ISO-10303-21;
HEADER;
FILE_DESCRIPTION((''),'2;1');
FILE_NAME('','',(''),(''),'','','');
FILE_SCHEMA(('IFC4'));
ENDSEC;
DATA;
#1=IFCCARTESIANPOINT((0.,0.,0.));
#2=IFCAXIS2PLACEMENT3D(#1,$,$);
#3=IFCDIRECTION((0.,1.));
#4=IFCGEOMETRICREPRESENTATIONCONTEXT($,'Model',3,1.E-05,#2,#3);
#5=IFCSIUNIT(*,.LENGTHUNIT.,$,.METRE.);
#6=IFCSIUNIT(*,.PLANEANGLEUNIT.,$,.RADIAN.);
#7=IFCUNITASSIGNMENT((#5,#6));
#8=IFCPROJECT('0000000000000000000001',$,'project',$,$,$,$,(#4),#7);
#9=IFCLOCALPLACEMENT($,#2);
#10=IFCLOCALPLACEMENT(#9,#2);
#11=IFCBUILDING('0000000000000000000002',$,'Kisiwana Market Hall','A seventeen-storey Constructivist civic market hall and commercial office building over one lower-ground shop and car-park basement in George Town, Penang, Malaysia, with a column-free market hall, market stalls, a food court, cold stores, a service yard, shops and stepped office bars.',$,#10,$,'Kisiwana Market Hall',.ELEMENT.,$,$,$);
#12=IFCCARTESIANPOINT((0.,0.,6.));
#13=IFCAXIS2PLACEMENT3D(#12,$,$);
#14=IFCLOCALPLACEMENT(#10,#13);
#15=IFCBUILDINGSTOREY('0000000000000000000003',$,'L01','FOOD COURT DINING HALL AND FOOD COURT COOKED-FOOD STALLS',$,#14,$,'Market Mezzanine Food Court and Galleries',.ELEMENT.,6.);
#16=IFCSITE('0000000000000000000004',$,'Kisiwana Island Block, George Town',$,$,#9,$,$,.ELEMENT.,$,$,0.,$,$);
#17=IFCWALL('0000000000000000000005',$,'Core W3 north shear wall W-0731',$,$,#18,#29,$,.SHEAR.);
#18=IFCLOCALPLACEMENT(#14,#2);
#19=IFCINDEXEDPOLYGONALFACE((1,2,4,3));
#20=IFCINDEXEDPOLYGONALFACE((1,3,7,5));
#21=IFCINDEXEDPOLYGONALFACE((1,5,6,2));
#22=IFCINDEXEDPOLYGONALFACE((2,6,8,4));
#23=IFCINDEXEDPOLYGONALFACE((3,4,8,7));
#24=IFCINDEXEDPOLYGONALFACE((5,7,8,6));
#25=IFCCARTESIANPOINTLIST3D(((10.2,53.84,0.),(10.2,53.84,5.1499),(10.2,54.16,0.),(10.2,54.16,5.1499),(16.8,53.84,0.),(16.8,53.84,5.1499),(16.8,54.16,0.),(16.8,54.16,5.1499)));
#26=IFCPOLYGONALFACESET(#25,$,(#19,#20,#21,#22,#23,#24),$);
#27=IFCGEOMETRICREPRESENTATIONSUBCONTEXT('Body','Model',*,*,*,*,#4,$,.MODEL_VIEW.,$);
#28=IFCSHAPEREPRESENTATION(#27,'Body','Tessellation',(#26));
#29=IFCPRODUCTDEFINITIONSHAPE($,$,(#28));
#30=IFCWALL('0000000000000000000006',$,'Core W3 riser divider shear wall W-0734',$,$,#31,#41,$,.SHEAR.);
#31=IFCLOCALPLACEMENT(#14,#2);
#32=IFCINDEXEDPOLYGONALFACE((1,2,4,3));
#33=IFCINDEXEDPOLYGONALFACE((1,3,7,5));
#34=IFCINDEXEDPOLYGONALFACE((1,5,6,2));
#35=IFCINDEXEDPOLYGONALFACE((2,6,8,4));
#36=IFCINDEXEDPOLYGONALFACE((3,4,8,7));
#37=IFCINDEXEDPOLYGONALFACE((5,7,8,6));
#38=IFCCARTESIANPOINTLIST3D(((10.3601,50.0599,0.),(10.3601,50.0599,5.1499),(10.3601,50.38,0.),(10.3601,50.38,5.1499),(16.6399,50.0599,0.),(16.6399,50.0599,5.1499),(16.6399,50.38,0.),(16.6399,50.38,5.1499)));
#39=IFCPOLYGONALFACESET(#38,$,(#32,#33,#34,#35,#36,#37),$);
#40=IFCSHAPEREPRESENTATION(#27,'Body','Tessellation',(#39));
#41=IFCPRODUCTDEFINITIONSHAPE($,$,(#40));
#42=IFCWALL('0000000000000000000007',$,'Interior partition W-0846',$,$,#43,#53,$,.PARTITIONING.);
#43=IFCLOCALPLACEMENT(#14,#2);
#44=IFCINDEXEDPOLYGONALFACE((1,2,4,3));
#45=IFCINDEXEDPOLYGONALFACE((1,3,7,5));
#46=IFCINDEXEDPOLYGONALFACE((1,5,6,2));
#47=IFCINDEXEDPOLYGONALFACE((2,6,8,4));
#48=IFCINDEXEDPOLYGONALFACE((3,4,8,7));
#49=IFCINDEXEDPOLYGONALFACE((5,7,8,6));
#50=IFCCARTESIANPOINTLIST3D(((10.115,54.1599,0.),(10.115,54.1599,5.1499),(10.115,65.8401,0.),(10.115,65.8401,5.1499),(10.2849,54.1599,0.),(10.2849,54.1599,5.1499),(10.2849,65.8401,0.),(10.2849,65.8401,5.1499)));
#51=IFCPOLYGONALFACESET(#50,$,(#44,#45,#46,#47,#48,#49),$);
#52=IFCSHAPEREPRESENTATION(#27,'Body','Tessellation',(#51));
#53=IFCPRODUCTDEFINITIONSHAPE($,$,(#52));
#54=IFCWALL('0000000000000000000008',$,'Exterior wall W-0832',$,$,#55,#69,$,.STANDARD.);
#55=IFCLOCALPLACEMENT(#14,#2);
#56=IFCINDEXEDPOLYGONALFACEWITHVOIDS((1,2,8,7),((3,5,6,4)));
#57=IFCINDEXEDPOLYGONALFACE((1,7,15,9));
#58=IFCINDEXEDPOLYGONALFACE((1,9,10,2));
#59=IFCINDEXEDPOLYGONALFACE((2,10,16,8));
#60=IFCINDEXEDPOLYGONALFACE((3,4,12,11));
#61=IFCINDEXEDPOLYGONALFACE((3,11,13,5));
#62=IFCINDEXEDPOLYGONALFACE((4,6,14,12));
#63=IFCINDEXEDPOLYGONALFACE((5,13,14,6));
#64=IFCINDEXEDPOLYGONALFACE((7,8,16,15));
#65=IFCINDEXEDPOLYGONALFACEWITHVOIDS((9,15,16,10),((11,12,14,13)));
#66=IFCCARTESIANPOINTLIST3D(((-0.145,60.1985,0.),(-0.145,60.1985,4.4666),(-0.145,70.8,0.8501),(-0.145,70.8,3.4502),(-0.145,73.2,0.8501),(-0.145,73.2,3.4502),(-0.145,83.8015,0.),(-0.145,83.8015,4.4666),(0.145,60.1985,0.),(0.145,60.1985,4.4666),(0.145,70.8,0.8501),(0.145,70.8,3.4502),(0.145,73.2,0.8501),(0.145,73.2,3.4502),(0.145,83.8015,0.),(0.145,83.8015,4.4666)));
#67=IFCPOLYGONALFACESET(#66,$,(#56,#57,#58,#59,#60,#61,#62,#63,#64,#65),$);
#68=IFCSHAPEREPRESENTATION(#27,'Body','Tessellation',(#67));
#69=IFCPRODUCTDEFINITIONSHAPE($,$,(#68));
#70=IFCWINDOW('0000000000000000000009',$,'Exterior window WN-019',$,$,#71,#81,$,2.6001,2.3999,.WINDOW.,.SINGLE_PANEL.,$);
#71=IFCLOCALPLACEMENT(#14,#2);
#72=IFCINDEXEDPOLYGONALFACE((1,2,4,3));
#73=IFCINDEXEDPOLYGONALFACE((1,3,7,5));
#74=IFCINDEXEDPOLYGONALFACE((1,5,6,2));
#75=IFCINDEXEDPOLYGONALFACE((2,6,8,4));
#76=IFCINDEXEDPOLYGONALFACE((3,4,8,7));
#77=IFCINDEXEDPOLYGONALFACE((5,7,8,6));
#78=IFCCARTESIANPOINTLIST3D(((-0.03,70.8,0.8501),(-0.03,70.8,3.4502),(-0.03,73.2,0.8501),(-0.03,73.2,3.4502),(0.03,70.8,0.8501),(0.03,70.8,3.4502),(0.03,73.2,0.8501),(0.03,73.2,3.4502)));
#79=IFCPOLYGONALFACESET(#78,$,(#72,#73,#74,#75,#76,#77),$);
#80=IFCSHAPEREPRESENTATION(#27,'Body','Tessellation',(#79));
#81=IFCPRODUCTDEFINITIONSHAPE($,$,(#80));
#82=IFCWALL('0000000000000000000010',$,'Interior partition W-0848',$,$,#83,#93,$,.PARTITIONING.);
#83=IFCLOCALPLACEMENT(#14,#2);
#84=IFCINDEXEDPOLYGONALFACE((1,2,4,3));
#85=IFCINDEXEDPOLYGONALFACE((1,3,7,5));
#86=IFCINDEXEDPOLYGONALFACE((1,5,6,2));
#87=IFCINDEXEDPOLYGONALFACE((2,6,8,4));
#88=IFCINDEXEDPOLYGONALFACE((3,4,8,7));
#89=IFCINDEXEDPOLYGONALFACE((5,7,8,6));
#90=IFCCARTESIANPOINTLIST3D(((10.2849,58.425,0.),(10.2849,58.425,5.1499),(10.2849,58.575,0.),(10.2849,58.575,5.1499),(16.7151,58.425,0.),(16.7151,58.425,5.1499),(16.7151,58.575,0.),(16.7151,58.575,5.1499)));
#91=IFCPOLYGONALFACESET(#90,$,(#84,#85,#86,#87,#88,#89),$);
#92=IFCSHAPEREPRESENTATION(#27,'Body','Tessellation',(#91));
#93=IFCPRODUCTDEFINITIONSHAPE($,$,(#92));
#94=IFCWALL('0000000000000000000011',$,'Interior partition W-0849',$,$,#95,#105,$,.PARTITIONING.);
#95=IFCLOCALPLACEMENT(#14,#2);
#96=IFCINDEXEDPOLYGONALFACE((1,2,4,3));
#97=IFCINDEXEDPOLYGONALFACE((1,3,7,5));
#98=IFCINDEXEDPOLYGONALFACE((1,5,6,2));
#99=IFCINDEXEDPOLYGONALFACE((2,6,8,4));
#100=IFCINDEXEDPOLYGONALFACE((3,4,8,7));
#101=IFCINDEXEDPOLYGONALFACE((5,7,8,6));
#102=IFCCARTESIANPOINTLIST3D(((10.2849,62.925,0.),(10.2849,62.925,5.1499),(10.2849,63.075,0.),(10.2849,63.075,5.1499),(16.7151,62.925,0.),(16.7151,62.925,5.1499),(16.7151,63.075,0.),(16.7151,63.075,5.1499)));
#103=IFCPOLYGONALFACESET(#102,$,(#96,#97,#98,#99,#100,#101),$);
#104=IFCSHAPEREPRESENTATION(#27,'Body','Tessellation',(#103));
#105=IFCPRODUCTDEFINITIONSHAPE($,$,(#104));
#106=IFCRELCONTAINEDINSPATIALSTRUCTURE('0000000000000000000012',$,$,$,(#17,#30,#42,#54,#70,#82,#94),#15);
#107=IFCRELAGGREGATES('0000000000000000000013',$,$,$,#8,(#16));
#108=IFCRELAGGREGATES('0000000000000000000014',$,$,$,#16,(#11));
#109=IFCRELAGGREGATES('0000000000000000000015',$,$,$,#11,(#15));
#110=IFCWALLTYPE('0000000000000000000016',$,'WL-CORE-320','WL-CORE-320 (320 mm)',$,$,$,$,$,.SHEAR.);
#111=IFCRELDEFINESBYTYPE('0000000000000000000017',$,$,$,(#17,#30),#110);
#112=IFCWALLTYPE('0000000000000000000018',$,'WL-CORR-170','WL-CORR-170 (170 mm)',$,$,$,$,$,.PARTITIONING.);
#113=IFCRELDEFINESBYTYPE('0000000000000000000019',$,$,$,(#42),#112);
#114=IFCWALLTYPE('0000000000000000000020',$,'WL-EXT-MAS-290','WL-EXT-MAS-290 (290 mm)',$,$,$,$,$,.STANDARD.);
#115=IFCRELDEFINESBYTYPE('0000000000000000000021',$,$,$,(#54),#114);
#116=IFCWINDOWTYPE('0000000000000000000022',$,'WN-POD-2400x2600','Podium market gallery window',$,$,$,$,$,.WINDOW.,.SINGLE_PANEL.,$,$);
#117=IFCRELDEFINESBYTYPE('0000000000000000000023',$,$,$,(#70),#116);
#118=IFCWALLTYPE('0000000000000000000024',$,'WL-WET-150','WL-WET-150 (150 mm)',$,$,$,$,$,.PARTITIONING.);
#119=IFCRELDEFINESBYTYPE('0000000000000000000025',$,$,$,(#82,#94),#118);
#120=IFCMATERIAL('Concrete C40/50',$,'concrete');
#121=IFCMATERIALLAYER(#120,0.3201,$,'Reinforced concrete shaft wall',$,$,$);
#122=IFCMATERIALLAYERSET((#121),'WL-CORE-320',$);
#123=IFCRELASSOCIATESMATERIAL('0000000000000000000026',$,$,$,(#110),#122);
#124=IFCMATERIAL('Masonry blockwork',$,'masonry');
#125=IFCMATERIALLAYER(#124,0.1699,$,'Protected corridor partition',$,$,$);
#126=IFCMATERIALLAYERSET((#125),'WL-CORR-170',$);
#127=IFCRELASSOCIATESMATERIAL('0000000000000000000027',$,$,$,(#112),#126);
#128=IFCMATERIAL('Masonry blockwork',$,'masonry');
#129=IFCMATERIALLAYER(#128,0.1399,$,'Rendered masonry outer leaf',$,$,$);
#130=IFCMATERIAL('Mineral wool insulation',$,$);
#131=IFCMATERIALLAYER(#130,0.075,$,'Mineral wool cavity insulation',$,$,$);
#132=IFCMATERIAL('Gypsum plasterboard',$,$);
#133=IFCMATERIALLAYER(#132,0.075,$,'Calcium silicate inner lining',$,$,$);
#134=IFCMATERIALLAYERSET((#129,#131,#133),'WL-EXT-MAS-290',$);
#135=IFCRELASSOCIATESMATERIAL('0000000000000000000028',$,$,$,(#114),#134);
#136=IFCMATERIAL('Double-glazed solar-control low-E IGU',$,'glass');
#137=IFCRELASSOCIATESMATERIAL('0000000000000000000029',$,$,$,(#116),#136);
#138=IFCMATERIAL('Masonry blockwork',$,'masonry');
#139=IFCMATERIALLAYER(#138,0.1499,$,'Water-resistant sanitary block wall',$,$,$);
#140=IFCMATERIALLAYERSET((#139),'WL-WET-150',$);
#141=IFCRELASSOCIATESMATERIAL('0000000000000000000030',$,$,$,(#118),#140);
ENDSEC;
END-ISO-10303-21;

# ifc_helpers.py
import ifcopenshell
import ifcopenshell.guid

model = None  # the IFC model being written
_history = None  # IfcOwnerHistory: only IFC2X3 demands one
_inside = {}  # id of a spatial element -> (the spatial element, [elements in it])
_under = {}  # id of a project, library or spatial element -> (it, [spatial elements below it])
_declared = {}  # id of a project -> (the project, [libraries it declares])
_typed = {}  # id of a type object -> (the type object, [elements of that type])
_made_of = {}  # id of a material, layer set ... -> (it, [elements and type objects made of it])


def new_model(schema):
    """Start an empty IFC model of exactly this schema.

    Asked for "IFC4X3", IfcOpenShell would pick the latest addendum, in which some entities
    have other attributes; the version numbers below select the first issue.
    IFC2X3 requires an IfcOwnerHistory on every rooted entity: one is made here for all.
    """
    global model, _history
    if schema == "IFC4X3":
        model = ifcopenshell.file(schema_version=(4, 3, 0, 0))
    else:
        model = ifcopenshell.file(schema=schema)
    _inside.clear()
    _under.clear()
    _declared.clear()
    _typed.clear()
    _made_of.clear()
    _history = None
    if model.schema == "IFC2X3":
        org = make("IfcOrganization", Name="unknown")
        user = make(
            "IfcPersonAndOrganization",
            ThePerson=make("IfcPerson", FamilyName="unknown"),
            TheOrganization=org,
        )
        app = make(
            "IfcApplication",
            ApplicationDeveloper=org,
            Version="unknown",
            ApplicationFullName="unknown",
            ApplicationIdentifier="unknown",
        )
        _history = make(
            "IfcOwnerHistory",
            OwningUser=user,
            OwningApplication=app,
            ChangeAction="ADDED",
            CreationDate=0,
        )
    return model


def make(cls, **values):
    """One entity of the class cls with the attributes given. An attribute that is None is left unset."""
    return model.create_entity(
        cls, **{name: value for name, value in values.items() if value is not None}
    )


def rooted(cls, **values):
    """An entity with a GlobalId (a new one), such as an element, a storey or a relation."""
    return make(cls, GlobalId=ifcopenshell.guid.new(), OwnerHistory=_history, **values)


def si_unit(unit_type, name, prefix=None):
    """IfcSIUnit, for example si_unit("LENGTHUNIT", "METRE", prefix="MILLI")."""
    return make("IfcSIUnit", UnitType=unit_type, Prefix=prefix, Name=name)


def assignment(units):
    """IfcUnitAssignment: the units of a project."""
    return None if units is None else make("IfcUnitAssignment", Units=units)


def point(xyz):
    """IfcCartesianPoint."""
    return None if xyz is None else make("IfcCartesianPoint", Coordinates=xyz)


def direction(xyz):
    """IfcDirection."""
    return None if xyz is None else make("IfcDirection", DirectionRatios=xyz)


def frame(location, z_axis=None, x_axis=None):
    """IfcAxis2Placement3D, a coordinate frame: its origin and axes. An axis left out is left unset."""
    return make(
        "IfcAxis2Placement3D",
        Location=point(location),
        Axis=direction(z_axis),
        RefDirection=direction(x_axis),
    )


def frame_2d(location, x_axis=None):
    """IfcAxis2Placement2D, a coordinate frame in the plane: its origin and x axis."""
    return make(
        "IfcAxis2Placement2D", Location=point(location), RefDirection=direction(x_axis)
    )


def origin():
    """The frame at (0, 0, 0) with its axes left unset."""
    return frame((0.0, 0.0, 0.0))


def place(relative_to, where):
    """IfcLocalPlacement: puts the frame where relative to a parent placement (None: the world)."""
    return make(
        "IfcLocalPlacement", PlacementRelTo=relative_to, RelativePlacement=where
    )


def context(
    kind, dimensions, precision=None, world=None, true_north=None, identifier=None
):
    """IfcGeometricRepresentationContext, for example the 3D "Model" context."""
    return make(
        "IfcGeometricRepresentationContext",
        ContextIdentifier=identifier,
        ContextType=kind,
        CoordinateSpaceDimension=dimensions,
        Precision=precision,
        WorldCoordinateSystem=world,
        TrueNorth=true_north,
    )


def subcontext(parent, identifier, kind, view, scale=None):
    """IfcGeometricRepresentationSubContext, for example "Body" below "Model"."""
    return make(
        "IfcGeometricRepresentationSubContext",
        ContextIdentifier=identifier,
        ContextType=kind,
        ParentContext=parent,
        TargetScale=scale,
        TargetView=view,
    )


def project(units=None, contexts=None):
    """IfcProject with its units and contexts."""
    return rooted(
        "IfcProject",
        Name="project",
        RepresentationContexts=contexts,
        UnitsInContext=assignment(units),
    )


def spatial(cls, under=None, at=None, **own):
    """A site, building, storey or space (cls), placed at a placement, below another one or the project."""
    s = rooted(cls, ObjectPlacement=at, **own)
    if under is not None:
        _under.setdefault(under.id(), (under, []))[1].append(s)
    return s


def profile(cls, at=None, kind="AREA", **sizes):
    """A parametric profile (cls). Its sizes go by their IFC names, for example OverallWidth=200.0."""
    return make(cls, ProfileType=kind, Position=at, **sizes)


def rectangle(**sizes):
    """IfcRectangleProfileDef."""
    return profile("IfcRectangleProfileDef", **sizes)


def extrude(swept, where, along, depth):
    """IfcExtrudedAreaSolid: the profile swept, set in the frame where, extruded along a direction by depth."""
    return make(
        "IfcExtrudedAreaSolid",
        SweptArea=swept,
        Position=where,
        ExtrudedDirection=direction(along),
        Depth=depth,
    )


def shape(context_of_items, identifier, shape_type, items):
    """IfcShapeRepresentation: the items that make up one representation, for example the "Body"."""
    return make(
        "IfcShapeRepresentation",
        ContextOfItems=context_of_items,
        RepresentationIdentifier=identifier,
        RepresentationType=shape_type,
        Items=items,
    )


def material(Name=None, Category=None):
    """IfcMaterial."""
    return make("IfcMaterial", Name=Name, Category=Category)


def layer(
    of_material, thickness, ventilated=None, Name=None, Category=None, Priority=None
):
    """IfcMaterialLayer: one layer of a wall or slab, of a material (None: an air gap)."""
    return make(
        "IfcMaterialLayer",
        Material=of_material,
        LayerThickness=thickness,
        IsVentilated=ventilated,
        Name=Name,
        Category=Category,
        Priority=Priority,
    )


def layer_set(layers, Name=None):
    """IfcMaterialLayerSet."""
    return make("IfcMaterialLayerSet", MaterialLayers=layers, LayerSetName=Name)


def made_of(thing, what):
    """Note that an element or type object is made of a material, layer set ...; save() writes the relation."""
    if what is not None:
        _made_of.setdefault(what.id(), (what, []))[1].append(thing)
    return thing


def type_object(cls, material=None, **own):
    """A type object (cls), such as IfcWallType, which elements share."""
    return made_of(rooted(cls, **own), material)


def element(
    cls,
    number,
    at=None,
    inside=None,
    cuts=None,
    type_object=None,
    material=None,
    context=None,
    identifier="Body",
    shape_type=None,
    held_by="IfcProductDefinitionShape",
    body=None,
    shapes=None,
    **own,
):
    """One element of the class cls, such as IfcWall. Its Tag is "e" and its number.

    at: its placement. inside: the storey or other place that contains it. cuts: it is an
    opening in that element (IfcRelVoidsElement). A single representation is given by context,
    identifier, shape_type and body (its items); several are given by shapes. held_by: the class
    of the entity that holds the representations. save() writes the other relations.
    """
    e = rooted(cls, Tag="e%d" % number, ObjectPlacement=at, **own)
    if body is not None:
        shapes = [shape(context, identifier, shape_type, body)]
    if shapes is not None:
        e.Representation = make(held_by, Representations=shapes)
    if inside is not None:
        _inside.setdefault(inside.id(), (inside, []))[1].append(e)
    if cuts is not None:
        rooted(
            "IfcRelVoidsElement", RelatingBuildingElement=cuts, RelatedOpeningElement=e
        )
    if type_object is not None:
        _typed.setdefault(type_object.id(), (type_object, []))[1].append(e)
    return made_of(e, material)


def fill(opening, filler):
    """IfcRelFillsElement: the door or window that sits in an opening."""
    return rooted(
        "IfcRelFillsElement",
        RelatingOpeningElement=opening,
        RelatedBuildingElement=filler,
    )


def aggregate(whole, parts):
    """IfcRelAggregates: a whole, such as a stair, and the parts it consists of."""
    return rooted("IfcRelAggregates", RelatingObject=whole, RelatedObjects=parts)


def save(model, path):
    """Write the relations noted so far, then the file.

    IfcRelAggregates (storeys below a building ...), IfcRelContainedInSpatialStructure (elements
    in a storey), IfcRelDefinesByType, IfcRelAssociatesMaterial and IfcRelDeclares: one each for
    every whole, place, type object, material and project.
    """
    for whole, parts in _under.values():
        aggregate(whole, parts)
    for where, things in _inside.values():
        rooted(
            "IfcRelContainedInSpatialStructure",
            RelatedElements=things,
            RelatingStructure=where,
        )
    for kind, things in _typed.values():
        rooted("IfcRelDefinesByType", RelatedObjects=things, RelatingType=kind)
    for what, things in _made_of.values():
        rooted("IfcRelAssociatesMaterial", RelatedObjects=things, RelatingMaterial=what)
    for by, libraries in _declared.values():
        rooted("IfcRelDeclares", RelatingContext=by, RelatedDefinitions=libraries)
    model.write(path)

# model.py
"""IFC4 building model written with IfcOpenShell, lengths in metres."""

from ifc_helpers import new_model, si_unit, direction, frame, frame_2d, origin, place, context, subcontext, project, spatial, rectangle, extrude, material, layer, layer_set, type_object, element, fill, save


model = new_model("IFC4")

# Units and contexts
model_context = context("Model", 3, precision=1e-05, world=origin(), true_north=direction((0.0, 1.0)))
body_context = subcontext(model_context, "Body", "Model", "MODEL_VIEW")
ifc_project = project(units=[si_unit("LENGTHUNIT", "METRE"), si_unit("PLANEANGLEUNIT", "RADIAN")], contexts=[model_context])

# Site, building, storey
site_placement = place(None, origin())
site = spatial("IfcSite", under=ifc_project, at=site_placement, Name="Kisiwana Island Block, George Town", CompositionType="ELEMENT", RefElevation=0.0)
building_placement = place(site_placement, origin())
building = spatial("IfcBuilding", under=site, at=building_placement, Name="Kisiwana Market Hall", Description="A seventeen-storey Constructivist civic market hall and commercial office building over one lower-ground shop and car-park basement in George Town, Penang, Malaysia, with a column-free market hall, market stalls, a food court, cold stores, a service yard, shops and stepped office bars.", LongName="Kisiwana Market Hall", CompositionType="ELEMENT")
storey_placement = place(building_placement, frame((0.0, 0.0, 6.0)))
storey = spatial("IfcBuildingStorey", under=building, at=storey_placement, Name="L01", Description="FOOD COURT DINING HALL AND FOOD COURT COOKED-FOOD STALLS", LongName="Market Mezzanine Food Court and Galleries", CompositionType="ELEMENT", Elevation=6.0)

# Walls
ifc_material_1 = material(Name="Concrete C40/50", Category="concrete")
ifc_layer_1 = layer(ifc_material_1, 0.3201, Name="Reinforced concrete shaft wall")
ifc_layer_set_1 = layer_set([ifc_layer_1], Name="WL-CORE-320")
wall_type_1 = type_object("IfcWallType", Name="WL-CORE-320", Description="WL-CORE-320 (320 mm)", PredefinedType="SHEAR", material=ifc_layer_set_1)
wall_1_placement = place(storey_placement, frame((10.2, 54.0, 0.0), z_axis=(0.0, 0.0, 1.0), x_axis=(1.0, 0.0, 0.0)))
element("IfcWall", 1, at=wall_1_placement, inside=storey, type_object=wall_type_1, Name="Core W3 north shear wall W-0731", PredefinedType="SHEAR", context=body_context, shape_type="SweptSolid", body=[
    extrude(rectangle(XDim=6.6001, YDim=0.3201, at=frame_2d((3.3, 0.0))), origin(), (0.0, 0.0, 1.0), 5.1499),
])
wall_2_placement = place(storey_placement, frame((10.3601, 50.22, 0.0), z_axis=(0.0, 0.0, 1.0), x_axis=(1.0, 0.0, 0.0)))
element("IfcWall", 2, at=wall_2_placement, inside=storey, type_object=wall_type_1, Name="Core W3 riser divider shear wall W-0734", PredefinedType="SHEAR", context=body_context, shape_type="SweptSolid", body=[
    extrude(rectangle(XDim=6.2798, YDim=0.3201, at=frame_2d((3.1399, 0.0))), origin(), (0.0, 0.0, 1.0), 5.1499),
])
ifc_material_2 = material(Name="Masonry blockwork", Category="masonry")
ifc_layer_2 = layer(ifc_material_2, 0.1699, Name="Protected corridor partition")
ifc_layer_set_2 = layer_set([ifc_layer_2], Name="WL-CORR-170")
wall_type_2 = type_object("IfcWallType", Name="WL-CORR-170", Description="WL-CORR-170 (170 mm)", PredefinedType="PARTITIONING", material=ifc_layer_set_2)
wall_3_placement = place(storey_placement, frame((10.2, 54.1599, 0.0), z_axis=(0.0, 0.0, 1.0), x_axis=(0.0, 1.0, 0.0)))
element("IfcWall", 3, at=wall_3_placement, inside=storey, type_object=wall_type_2, Name="Interior partition W-0846", PredefinedType="PARTITIONING", context=body_context, shape_type="SweptSolid", body=[
    extrude(rectangle(XDim=11.6802, YDim=0.1699, at=frame_2d((5.8401, 0.0))), origin(), (0.0, 0.0, 1.0), 5.1499),
])

# Wall, opening, window
ifc_material_3 = material(Name="Masonry blockwork", Category="masonry")
ifc_layer_3 = layer(ifc_material_3, 0.1399, Name="Rendered masonry outer leaf")
ifc_material_4 = material(Name="Mineral wool insulation")
ifc_layer_4 = layer(ifc_material_4, 0.075, Name="Mineral wool cavity insulation")
ifc_material_5 = material(Name="Gypsum plasterboard")
ifc_layer_5 = layer(ifc_material_5, 0.075, Name="Calcium silicate inner lining")
ifc_layer_set_3 = layer_set([ifc_layer_3, ifc_layer_4, ifc_layer_5], Name="WL-EXT-MAS-290")
wall_type_3 = type_object("IfcWallType", Name="WL-EXT-MAS-290", Description="WL-EXT-MAS-290 (290 mm)", PredefinedType="STANDARD", material=ifc_layer_set_3)
wall_4_placement = place(storey_placement, frame((0.0, 60.1985, 0.0), z_axis=(0.0, 0.0, 1.0), x_axis=(0.0, 1.0, 0.0)))
wall_4 = element("IfcWall", 4, at=wall_4_placement, inside=storey, type_object=wall_type_3, Name="Exterior wall W-0832", PredefinedType="STANDARD", context=body_context, shape_type="SweptSolid", body=[
    extrude(rectangle(XDim=23.603, YDim=0.29, at=frame_2d((11.8015, 0.0))), origin(), (0.0, 0.0, 1.0), 4.4666),
])
opening_placement = place(wall_4_placement, frame((10.6016, 0.0, 0.8501)))
opening = element("IfcOpeningElement", 5, at=opening_placement, cuts=wall_4, PredefinedType="OPENING", context=body_context, shape_type="SweptSolid", body=[
    extrude(rectangle(XDim=2.3999, YDim=2.6001, at=frame_2d((1.2, 1.3))), frame((0.0, 0.157, 0.0), z_axis=(0.0, -1.0, 0.0), x_axis=(1.0, 0.0, 0.0)), (0.0, 0.0, 1.0), 0.314),
])
ifc_material_6 = material(Name="Double-glazed solar-control low-E IGU", Category="glass")
window_type = type_object("IfcWindowType", Name="WN-POD-2400x2600", Description="Podium market gallery window", PartitioningType="SINGLE_PANEL", PredefinedType="WINDOW", material=ifc_material_6)
window_placement = place(opening_placement, origin())
window = element("IfcWindow", 6, at=window_placement, inside=storey, type_object=window_type, Name="Exterior window WN-019", OverallHeight=2.6001, OverallWidth=2.3999, PartitioningType="SINGLE_PANEL", PredefinedType="WINDOW", context=body_context, shape_type="SweptSolid", body=[
    extrude(rectangle(XDim=2.3999, YDim=2.6001, at=frame_2d((1.2, 1.3))), frame((0.0, 0.03, 0.0), z_axis=(0.0, -1.0, 0.0), x_axis=(1.0, 0.0, 0.0)), (0.0, 0.0, 1.0), 0.0601),
])
fill(opening, window)

# Walls
ifc_material_7 = material(Name="Masonry blockwork", Category="masonry")
ifc_layer_6 = layer(ifc_material_7, 0.1499, Name="Water-resistant sanitary block wall")
ifc_layer_set_4 = layer_set([ifc_layer_6], Name="WL-WET-150")
wall_type_4 = type_object("IfcWallType", Name="WL-WET-150", Description="WL-WET-150 (150 mm)", PredefinedType="PARTITIONING", material=ifc_layer_set_4)
for number, where, z_axis, x_axis, name in (
    (7, (10.2849, 58.5, 0.0), (0.0, 0.0, 1.0), (1.0, 0.0, 0.0), "Interior partition W-0848"),
    (8, (10.2849, 63.0, 0.0), (0.0, 0.0, 1.0), (1.0, 0.0, 0.0), "Interior partition W-0849"),
):
    element("IfcWall", number, at=place(storey_placement, frame(where, z_axis=z_axis, x_axis=x_axis)), inside=storey, type_object=wall_type_4, Name=name, PredefinedType="PARTITIONING", context=body_context, shape_type="SweptSolid", body=[
        extrude(rectangle(XDim=6.4302, YDim=0.1499, at=frame_2d((3.2151, 0.0))), origin(), (0.0, 0.0, 1.0), 5.1499),
    ])

save(model, "model.ifc")
